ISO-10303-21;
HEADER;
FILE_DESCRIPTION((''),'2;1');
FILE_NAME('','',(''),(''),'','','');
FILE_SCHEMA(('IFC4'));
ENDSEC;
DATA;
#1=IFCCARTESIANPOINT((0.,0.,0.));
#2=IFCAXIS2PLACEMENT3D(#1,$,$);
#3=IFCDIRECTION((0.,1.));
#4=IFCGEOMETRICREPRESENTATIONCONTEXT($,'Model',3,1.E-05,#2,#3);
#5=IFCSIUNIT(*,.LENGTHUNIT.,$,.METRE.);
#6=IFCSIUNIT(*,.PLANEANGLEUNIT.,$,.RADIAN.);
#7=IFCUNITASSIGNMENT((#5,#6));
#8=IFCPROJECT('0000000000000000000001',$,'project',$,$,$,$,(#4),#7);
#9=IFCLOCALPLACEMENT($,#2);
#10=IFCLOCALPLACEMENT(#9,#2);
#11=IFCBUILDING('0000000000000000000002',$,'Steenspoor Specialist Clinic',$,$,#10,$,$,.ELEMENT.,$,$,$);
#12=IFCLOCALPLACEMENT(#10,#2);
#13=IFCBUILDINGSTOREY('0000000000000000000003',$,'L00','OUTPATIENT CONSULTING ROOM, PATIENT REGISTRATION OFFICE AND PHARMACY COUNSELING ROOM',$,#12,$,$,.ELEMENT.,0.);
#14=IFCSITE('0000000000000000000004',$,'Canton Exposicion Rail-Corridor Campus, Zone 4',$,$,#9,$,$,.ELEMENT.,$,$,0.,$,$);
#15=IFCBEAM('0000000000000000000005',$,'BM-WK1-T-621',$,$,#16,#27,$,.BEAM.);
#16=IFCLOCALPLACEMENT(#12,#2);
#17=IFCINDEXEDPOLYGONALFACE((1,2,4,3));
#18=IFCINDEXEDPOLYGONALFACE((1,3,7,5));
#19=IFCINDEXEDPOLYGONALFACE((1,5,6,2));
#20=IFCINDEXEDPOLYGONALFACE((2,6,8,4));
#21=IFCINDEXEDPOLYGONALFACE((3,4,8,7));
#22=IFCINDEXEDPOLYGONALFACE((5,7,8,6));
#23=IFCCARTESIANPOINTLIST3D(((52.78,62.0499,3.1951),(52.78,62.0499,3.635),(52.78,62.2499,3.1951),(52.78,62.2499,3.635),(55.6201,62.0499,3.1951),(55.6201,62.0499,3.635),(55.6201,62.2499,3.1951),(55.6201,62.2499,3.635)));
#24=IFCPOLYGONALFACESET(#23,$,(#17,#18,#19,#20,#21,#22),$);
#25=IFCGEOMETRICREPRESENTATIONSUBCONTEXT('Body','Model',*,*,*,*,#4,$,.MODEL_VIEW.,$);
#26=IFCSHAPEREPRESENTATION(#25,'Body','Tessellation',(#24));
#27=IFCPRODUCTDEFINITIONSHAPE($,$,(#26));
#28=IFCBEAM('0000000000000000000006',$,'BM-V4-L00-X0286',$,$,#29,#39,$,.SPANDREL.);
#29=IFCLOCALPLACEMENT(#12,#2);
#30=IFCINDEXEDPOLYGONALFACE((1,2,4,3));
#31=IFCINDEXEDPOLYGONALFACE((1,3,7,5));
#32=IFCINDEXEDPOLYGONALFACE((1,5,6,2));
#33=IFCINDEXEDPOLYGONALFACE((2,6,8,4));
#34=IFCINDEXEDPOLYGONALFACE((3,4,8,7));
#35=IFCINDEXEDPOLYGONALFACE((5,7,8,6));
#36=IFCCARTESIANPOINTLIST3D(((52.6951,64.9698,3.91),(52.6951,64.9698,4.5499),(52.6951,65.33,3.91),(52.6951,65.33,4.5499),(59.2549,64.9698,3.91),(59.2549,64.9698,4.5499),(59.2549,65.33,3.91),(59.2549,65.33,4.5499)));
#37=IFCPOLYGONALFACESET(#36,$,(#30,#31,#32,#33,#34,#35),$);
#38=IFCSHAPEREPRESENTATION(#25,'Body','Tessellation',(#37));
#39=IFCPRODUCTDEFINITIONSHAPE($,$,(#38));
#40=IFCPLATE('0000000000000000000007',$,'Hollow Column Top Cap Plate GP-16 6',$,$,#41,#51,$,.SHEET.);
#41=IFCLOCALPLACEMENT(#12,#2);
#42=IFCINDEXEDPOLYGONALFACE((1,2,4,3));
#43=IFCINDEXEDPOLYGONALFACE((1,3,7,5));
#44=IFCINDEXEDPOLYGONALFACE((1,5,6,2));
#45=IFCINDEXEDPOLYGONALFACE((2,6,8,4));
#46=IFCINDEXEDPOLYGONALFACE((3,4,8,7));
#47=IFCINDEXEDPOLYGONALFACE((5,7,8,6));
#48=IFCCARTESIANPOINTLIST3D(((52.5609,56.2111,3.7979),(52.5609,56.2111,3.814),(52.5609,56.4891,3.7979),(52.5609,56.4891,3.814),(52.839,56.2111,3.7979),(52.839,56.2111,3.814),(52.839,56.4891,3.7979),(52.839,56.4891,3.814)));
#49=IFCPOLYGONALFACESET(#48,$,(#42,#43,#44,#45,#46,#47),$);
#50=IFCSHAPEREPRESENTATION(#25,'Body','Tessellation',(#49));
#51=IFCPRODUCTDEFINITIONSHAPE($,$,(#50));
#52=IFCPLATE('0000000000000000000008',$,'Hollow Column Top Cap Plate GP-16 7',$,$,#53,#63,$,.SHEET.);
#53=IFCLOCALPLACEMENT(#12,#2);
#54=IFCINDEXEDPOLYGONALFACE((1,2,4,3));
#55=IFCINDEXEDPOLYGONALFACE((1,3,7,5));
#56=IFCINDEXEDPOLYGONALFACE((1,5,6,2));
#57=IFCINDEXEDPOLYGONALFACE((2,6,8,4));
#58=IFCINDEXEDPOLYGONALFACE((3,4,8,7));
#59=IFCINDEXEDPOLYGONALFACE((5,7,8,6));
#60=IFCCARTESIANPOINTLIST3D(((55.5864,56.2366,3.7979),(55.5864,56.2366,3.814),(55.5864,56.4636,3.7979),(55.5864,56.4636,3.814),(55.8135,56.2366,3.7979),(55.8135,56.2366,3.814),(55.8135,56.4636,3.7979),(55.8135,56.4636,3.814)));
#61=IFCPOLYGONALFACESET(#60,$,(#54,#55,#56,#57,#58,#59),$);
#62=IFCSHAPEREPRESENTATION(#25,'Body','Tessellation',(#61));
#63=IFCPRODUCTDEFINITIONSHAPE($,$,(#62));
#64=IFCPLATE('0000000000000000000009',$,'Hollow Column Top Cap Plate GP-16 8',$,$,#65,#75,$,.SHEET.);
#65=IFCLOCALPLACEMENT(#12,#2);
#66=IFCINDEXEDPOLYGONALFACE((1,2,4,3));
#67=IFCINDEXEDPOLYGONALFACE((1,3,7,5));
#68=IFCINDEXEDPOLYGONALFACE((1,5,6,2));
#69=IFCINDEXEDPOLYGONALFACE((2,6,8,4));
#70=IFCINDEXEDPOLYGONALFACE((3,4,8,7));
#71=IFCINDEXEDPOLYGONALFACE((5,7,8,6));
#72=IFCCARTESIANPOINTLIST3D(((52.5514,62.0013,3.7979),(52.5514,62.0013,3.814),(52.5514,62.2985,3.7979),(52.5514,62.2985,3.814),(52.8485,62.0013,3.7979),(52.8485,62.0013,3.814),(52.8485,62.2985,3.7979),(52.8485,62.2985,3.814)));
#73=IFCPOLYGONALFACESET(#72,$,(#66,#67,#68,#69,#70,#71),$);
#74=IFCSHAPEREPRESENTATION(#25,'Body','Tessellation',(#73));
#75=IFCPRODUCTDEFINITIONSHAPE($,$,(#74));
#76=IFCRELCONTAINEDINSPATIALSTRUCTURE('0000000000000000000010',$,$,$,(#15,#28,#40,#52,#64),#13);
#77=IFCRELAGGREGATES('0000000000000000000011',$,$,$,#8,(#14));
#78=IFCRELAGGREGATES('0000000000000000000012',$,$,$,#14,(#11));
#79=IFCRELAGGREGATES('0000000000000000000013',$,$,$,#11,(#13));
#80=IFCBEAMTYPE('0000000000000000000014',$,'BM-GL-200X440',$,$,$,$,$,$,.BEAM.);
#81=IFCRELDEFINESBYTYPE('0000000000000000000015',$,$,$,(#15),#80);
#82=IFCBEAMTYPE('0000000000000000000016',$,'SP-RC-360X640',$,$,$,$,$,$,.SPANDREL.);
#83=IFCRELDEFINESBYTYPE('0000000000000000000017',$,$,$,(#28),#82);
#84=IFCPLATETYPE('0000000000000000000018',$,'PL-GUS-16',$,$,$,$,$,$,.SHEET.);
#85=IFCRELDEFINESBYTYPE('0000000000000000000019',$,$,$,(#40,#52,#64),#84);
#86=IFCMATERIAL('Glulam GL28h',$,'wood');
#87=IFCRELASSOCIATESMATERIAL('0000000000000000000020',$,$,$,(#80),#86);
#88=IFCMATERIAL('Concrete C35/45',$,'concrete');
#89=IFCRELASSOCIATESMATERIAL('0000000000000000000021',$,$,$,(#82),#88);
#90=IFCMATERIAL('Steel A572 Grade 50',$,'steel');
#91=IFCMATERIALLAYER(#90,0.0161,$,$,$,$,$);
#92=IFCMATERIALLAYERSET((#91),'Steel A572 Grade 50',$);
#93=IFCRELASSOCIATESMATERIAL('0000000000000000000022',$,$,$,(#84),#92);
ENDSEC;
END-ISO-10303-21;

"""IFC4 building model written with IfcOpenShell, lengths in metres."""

from ifc_helpers import new_model, si_unit, direction, frame, origin, origin_2d, place, context, subcontext, project, spatial, rectangle, extrude, material, layer, layer_set, material_profile, profile_set, type_object, element, save


model = new_model("IFC4")

# Units and contexts
model_context = context("Model", 3, precision=1e-05, world=origin(), true_north=direction((0.0, 1.0)))
body_context = subcontext(model_context, "Body", "Model", "MODEL_VIEW")
ifc_project = project(units=[si_unit("LENGTHUNIT", "METRE"), si_unit("PLANEANGLEUNIT", "RADIAN")], contexts=[model_context])

# Site, building, storey
site_placement = place(None, origin())
site = spatial("IfcSite", under=ifc_project, at=site_placement, Name="Canton Exposicion Rail-Corridor Campus, Zone 4", CompositionType="ELEMENT", RefElevation=0.0)
building_placement = place(site_placement, origin())
building = spatial("IfcBuilding", under=site, at=building_placement, Name="Steenspoor Specialist Clinic", CompositionType="ELEMENT")
storey_placement = place(building_placement, origin())
storey = spatial("IfcBuildingStorey", under=building, at=storey_placement, Name="L00", Description="OUTPATIENT CONSULTING ROOM, PATIENT REGISTRATION OFFICE AND PHARMACY COUNSELING ROOM", CompositionType="ELEMENT", Elevation=0.0)

# Shared definitions
ifc_material_1 = material(Name="Concrete C35/45", Category="concrete")

# Beams
ifc_material_2 = material(Name="Glulam GL28h", Category="wood")
ifc_material_profile_1 = material_profile(ifc_material_2, rectangle(XDim=0.2, YDim=0.4399, at=origin_2d()), Name="GL28H-200X440")
ifc_profile_set_1 = profile_set([ifc_material_profile_1], Name="Glulam GL28h")
beam_type_1 = type_object("IfcBeamType", Name="BM-GL-200X440", PredefinedType="BEAM", material=ifc_profile_set_1)
for number, where, z_axis, x_axis, name in (
    (1, (52.78, 62.1499, 3.415), (1.0, 0.0, 0.0), (0.0, 1.0, 0.0), "BM-WK1-T-621"),
):
    element("IfcBeam", number, at=place(storey_placement, frame(where, z_axis=z_axis, x_axis=x_axis)), inside=storey, type_object=beam_type_1, Name=name, PredefinedType="BEAM", context=body_context, shape_type="SweptSolid", body=[
        extrude(rectangle(XDim=0.2, YDim=0.4399, at=origin_2d()), origin(), (0.0, 0.0, 1.0), 2.8401),
    ])
ifc_material_profile_2 = material_profile(ifc_material_1, rectangle(XDim=0.3601, YDim=0.6399, at=origin_2d()), Name="RC-SP-360X640")
ifc_profile_set_2 = profile_set([ifc_material_profile_2], Name="Concrete C35/45")
beam_type_2 = type_object("IfcBeamType", Name="SP-RC-360X640", PredefinedType="SPANDREL", material=ifc_profile_set_2)
beam_placement = place(storey_placement, frame((52.6951, 65.1499, 4.23), z_axis=(1.0, 0.0, 0.0), x_axis=(0.0, 1.0, 0.0)))
element("IfcBeam", 2, at=beam_placement, inside=storey, type_object=beam_type_2, Name="BM-V4-L00-X0286", PredefinedType="SPANDREL", context=body_context, shape_type="SweptSolid", body=[
    extrude(rectangle(XDim=0.3601, YDim=0.6399, at=origin_2d()), origin(), (0.0, 0.0, 1.0), 6.5598),
])

# Plates
ifc_material_3 = material(Name="Steel A572 Grade 50", Category="steel")
ifc_layer = layer(ifc_material_3, 0.0161)
ifc_layer_set = layer_set([ifc_layer], Name="Steel A572 Grade 50")
plate_type = type_object("IfcPlateType", Name="PL-GUS-16", PredefinedType="SHEET", material=ifc_layer_set)
plate_1_placement = place(storey_placement, frame((52.7, 56.3501, 3.7979), z_axis=(0.0, 0.0, 1.0), x_axis=(1.0, 0.0, 0.0)))
element("IfcPlate", 3, at=plate_1_placement, inside=storey, type_object=plate_type, Name="Hollow Column Top Cap Plate GP-16 6", PredefinedType="SHEET", context=body_context, shape_type="SweptSolid", body=[
    extrude(rectangle(XDim=0.2781, YDim=0.2781, at=origin_2d()), origin(), (0.0, 0.0, 1.0), 0.0161),
])
plate_2_placement = place(storey_placement, frame((55.7, 56.3501, 3.7979), z_axis=(0.0, 0.0, 1.0), x_axis=(1.0, 0.0, 0.0)))
element("IfcPlate", 4, at=plate_2_placement, inside=storey, type_object=plate_type, Name="Hollow Column Top Cap Plate GP-16 7", PredefinedType="SHEET", context=body_context, shape_type="SweptSolid", body=[
    extrude(rectangle(XDim=0.2271, YDim=0.2271, at=origin_2d()), origin(), (0.0, 0.0, 1.0), 0.0161),
])
plate_3_placement = place(storey_placement, frame((52.7, 62.1499, 3.7979), z_axis=(0.0, 0.0, 1.0), x_axis=(1.0, 0.0, 0.0)))
element("IfcPlate", 5, at=plate_3_placement, inside=storey, type_object=plate_type, Name="Hollow Column Top Cap Plate GP-16 8", PredefinedType="SHEET", context=body_context, shape_type="SweptSolid", body=[
    extrude(rectangle(XDim=0.2971, YDim=0.2971, at=origin_2d()), origin(), (0.0, 0.0, 1.0), 0.0161),
])

save(model, "model.ifc")
